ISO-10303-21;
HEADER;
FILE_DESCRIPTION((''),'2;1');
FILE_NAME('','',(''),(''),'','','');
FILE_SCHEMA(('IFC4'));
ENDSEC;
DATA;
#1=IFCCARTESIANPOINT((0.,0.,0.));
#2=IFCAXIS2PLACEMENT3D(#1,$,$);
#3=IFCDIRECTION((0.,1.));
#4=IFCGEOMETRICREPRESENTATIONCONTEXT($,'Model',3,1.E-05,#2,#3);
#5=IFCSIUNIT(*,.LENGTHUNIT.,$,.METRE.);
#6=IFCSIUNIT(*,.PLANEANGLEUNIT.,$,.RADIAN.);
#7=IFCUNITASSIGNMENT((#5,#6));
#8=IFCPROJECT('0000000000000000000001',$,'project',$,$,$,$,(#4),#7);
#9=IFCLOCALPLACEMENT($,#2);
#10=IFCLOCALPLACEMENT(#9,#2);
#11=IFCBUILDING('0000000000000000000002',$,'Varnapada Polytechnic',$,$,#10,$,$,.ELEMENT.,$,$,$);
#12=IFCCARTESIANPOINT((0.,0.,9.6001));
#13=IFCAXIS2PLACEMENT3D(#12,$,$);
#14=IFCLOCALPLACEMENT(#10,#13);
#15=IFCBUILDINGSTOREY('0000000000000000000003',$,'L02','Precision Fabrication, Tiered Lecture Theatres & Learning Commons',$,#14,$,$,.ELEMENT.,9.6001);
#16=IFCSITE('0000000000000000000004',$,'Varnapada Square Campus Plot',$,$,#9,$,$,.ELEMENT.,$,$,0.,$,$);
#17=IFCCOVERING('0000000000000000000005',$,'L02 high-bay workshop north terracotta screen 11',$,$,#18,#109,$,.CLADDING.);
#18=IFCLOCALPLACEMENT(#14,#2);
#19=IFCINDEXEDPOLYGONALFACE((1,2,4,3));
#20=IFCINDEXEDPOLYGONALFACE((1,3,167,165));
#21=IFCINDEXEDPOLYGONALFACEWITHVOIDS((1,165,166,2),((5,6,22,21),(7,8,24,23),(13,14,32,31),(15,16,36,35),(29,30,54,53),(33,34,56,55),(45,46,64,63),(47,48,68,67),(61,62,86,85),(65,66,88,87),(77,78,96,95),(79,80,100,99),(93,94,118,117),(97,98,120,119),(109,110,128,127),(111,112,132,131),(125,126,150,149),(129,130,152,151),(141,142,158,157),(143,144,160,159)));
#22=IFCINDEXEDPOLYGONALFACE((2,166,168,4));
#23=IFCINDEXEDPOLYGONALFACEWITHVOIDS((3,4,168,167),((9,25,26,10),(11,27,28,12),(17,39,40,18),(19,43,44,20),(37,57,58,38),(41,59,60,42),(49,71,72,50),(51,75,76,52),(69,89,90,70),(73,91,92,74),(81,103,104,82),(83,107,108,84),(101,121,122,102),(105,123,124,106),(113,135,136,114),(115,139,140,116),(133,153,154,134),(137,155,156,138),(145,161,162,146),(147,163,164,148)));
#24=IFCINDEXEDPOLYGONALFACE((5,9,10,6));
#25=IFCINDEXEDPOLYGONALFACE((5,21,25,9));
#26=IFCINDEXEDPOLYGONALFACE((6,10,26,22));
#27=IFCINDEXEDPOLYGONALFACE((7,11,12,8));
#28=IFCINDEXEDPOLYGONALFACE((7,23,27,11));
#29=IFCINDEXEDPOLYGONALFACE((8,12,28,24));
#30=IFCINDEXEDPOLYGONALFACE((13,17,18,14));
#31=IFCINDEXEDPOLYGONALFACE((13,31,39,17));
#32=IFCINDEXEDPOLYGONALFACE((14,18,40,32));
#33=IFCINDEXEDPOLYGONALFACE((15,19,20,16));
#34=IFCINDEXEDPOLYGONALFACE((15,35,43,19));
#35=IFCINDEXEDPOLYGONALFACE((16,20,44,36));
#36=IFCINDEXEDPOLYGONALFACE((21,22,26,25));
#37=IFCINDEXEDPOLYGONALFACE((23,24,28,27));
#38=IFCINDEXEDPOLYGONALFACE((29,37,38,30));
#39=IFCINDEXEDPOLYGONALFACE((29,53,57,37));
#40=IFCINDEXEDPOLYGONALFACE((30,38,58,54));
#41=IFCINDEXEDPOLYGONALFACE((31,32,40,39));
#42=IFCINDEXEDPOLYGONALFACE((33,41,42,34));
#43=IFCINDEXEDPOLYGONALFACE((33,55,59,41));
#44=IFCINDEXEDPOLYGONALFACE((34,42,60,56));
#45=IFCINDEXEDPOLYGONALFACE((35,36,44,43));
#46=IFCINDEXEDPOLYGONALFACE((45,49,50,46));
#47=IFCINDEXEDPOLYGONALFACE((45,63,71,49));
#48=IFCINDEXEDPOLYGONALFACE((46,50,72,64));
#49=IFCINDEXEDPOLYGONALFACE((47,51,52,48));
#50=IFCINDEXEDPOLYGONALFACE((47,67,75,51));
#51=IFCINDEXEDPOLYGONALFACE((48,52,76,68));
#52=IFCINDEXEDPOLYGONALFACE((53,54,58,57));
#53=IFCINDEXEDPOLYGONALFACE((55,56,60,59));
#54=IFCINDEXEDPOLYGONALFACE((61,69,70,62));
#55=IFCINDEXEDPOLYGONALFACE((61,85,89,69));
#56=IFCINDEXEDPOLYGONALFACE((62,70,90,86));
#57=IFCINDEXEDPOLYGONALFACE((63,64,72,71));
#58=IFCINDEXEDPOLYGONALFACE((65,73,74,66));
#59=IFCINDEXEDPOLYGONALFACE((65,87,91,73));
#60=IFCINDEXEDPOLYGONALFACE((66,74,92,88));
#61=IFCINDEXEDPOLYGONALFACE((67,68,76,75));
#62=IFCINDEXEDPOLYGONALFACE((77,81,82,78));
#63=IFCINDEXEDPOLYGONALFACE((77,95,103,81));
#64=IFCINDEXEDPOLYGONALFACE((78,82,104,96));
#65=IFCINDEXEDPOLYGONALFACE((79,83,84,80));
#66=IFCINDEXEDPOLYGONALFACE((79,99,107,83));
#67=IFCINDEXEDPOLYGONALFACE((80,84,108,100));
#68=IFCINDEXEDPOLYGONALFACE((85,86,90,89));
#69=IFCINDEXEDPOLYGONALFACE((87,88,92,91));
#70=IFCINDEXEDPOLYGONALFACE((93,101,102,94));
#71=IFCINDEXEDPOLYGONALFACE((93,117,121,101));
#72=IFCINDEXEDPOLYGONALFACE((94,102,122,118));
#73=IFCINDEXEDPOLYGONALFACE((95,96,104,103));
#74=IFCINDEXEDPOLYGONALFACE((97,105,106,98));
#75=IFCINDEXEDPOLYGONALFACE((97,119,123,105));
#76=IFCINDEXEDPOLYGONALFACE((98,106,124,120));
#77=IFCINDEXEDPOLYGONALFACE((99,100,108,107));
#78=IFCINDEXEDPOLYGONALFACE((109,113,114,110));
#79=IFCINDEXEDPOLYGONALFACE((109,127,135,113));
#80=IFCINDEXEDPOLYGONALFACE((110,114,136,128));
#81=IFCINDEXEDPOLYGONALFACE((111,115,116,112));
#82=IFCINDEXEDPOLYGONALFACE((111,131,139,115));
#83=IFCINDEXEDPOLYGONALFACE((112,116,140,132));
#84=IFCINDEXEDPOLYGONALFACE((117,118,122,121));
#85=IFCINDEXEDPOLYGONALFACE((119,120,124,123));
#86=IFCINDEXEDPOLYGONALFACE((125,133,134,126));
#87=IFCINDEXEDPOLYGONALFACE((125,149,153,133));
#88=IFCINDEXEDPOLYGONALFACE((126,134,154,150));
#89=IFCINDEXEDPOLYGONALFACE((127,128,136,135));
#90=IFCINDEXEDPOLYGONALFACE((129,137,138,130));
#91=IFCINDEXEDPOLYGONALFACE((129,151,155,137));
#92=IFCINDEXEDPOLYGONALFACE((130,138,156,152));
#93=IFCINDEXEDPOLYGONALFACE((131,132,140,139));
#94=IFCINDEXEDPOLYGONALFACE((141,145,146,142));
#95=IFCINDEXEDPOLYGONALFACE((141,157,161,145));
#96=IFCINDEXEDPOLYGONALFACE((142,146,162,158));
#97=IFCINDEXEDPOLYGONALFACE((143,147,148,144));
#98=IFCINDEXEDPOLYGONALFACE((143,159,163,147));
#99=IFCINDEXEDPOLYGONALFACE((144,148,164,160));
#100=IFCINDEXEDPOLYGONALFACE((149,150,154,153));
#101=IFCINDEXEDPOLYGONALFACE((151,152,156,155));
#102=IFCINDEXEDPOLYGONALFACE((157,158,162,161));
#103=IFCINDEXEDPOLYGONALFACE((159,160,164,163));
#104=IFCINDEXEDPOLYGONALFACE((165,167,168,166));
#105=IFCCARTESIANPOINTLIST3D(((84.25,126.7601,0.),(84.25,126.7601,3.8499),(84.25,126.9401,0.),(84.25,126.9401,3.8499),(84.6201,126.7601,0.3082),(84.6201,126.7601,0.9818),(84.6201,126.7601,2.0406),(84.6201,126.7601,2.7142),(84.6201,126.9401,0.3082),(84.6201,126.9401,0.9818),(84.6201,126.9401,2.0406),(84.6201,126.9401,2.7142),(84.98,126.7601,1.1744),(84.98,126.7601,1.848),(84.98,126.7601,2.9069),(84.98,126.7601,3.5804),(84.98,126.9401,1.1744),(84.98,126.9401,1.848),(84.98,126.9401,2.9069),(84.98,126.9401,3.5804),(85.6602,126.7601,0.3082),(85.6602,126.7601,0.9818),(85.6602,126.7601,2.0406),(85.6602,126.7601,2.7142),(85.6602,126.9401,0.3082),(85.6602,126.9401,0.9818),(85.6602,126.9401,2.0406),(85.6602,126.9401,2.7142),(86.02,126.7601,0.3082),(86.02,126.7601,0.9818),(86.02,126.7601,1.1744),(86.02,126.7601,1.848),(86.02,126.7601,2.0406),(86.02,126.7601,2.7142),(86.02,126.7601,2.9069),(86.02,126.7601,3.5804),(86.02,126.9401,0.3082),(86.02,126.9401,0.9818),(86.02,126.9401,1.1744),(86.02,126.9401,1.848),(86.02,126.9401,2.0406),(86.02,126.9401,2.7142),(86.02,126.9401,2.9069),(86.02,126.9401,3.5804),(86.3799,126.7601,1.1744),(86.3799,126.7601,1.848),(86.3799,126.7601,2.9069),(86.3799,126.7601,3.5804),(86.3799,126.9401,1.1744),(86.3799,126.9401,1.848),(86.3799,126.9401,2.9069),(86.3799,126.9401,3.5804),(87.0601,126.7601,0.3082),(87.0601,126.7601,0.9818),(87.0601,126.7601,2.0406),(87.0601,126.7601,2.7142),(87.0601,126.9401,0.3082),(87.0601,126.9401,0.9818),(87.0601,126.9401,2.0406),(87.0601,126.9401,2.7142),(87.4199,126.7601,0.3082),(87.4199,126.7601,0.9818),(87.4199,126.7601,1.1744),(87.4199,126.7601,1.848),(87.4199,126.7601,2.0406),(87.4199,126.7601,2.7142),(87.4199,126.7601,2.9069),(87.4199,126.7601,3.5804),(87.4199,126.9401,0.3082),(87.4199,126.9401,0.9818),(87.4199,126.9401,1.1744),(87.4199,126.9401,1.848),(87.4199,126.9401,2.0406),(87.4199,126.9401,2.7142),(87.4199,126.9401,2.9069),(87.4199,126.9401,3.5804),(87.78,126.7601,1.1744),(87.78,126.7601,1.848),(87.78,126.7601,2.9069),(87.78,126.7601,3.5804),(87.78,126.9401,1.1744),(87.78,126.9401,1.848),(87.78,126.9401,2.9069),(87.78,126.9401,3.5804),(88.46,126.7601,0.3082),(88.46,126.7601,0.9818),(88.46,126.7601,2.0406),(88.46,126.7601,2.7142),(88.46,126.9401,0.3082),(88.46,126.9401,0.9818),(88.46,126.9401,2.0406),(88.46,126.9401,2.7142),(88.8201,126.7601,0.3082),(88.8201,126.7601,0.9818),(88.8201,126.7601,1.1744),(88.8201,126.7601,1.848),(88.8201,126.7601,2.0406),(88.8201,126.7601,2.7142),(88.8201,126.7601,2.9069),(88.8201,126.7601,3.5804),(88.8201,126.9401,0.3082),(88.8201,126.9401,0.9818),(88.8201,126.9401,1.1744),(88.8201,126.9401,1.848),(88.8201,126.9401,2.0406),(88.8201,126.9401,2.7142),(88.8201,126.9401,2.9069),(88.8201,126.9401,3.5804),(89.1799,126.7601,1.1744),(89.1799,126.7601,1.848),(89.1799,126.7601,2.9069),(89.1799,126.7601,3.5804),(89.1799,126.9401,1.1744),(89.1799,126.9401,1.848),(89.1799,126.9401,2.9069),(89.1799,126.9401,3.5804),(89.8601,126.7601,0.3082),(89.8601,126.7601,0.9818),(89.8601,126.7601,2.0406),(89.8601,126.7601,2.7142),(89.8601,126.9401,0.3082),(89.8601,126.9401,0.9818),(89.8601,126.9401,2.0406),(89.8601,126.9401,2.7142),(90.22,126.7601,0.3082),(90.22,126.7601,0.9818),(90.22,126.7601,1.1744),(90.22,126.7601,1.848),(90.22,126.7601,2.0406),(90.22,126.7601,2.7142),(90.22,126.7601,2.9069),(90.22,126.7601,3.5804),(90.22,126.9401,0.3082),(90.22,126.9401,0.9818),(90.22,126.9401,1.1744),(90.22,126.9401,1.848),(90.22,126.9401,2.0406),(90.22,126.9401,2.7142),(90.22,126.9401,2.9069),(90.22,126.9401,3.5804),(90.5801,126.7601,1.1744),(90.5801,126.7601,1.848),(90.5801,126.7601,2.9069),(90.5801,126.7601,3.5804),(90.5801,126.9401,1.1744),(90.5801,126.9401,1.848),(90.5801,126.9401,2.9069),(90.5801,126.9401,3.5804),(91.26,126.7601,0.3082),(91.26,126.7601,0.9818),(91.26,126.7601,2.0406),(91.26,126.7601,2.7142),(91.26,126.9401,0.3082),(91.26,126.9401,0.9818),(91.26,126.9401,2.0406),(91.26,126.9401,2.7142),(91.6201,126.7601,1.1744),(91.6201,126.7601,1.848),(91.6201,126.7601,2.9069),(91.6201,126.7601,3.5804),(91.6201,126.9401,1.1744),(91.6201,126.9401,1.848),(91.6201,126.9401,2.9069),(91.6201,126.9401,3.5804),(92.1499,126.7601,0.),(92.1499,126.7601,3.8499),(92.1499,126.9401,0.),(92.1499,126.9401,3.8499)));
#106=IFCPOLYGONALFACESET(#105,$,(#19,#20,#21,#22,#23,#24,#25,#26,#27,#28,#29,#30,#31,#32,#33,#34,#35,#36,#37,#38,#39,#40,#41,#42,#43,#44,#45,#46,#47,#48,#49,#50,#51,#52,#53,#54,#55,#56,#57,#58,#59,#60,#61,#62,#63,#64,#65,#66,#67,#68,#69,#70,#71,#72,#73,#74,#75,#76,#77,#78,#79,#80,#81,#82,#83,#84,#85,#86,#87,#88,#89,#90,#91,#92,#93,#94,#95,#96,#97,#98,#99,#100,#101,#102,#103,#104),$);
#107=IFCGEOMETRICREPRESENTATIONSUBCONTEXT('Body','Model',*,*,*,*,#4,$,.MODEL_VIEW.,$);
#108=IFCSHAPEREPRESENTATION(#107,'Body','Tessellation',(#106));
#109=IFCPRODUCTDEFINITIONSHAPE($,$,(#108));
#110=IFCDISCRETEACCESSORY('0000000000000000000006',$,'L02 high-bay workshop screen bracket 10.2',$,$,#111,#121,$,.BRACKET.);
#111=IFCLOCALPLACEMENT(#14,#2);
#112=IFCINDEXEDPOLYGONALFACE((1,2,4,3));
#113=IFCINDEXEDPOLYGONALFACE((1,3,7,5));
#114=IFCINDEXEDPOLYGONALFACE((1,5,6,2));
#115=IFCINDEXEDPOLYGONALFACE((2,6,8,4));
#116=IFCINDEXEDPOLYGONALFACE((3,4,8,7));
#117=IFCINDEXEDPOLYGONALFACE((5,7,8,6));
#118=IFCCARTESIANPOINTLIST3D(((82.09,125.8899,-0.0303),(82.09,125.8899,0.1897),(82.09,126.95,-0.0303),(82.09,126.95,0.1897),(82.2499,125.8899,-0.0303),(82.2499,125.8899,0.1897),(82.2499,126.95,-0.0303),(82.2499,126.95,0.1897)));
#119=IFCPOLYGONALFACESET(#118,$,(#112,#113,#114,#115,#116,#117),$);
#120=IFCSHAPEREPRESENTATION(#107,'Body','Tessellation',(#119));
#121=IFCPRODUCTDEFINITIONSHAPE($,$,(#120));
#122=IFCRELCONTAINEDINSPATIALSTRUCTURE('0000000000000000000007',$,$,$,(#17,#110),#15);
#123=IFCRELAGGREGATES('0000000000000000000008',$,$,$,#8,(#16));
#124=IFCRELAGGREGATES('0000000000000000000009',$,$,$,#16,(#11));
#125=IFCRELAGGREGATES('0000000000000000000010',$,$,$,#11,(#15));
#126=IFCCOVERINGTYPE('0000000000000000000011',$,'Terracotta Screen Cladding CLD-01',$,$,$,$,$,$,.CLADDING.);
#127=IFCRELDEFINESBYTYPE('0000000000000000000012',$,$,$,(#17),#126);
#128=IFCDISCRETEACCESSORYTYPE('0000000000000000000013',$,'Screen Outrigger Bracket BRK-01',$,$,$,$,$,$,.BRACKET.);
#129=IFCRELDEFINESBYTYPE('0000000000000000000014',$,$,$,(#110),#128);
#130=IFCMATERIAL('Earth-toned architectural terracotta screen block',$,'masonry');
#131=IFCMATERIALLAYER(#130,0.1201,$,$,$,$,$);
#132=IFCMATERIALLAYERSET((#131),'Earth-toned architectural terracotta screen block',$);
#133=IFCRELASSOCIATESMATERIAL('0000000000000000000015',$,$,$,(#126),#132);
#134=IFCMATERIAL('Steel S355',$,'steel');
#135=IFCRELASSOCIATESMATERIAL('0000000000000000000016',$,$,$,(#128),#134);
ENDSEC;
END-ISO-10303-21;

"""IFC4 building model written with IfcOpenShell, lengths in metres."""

from ifc_helpers import new_model, si_unit, direction, frame, frame_2d, origin, origin_2d, place, context, subcontext, project, spatial, rectangle, extrude, material, layer, layer_set, type_object, element, save


model = new_model("IFC4")

# Units and contexts
model_context = context("Model", 3, precision=1e-05, world=origin(), true_north=direction((0.0, 1.0)))
body_context = subcontext(model_context, "Body", "Model", "MODEL_VIEW")
ifc_project = project(units=[si_unit("LENGTHUNIT", "METRE"), si_unit("PLANEANGLEUNIT", "RADIAN")], contexts=[model_context])

# Site, building, storey
site_placement = place(None, origin())
site = spatial("IfcSite", under=ifc_project, at=site_placement, Name="Varnapada Square Campus Plot", CompositionType="ELEMENT", RefElevation=0.0)
building_placement = place(site_placement, origin())
building = spatial("IfcBuilding", under=site, at=building_placement, Name="Varnapada Polytechnic", CompositionType="ELEMENT")
storey_placement = place(building_placement, frame((0.0, 0.0, 9.6001)))
storey = spatial("IfcBuildingStorey", under=building, at=storey_placement, Name="L02", Description="Precision Fabrication, Tiered Lecture Theatres & Learning Commons", CompositionType="ELEMENT", Elevation=9.6001)

# Covering, openings
ifc_material_1 = material(Name="Earth-toned architectural terracotta screen block", Category="masonry")
ifc_layer = layer(ifc_material_1, 0.1201)
ifc_layer_set = layer_set([ifc_layer], Name="Earth-toned architectural terracotta screen block")
covering_type = type_object("IfcCoveringType", Name="Terracotta Screen Cladding CLD-01", PredefinedType="CLADDING", material=ifc_layer_set)
covering_placement = place(storey_placement, frame((84.25, 126.8501, 0.0), z_axis=(0.0, 0.0, 1.0), x_axis=(1.0, 0.0, 0.0)))
covering = element("IfcCovering", 1, at=covering_placement, inside=storey, type_object=covering_type, Name="L02 high-bay workshop north terracotta screen 11", PredefinedType="CLADDING", context=body_context, shape_type="SweptSolid", body=[
    extrude(rectangle(XDim=7.8999, YDim=0.1799, at=frame_2d((3.95, 0.0))), origin(), (0.0, 0.0, 1.0), 3.8499),
])
opening_1_placement = place(covering_placement, frame((0.3701, 0.0, 0.3081)))
element("IfcOpeningElement", 2, at=opening_1_placement, cuts=covering, PredefinedType="OPENING", context=body_context, shape_type="SweptSolid", body=[
    extrude(rectangle(XDim=1.04, YDim=0.6736, at=frame_2d((0.52, 0.3369))), frame((0.0, 0.0999, 0.0), z_axis=(0.0, -1.0, 0.0), x_axis=(1.0, 0.0, 0.0)), (0.0, 0.0, 1.0), 0.2),
])
opening_2_placement = place(covering_placement, frame((1.77, 0.0, 0.3081)))
element("IfcOpeningElement", 3, at=opening_2_placement, cuts=covering, PredefinedType="OPENING", context=body_context, shape_type="SweptSolid", body=[
    extrude(rectangle(XDim=1.04, YDim=0.6736, at=frame_2d((0.52, 0.3369))), frame((0.0, 0.0999, 0.0), z_axis=(0.0, -1.0, 0.0), x_axis=(1.0, 0.0, 0.0)), (0.0, 0.0, 1.0), 0.2),
])
opening_3_placement = place(covering_placement, frame((3.1699, 0.0, 0.3081)))
element("IfcOpeningElement", 4, at=opening_3_placement, cuts=covering, PredefinedType="OPENING", context=body_context, shape_type="SweptSolid", body=[
    extrude(rectangle(XDim=1.04, YDim=0.6736, at=frame_2d((0.52, 0.3369))), frame((0.0, 0.0999, 0.0), z_axis=(0.0, -1.0, 0.0), x_axis=(1.0, 0.0, 0.0)), (0.0, 0.0, 1.0), 0.2),
])
opening_4_placement = place(covering_placement, frame((4.5701, 0.0, 0.3081)))
element("IfcOpeningElement", 5, at=opening_4_placement, cuts=covering, PredefinedType="OPENING", context=body_context, shape_type="SweptSolid", body=[
    extrude(rectangle(XDim=1.04, YDim=0.6736, at=frame_2d((0.52, 0.3369))), frame((0.0, 0.0999, 0.0), z_axis=(0.0, -1.0, 0.0), x_axis=(1.0, 0.0, 0.0)), (0.0, 0.0, 1.0), 0.2),
])
opening_5_placement = place(covering_placement, frame((5.97, 0.0, 0.3081)))
element("IfcOpeningElement", 6, at=opening_5_placement, cuts=covering, PredefinedType="OPENING", context=body_context, shape_type="SweptSolid", body=[
    extrude(rectangle(XDim=1.04, YDim=0.6736, at=frame_2d((0.52, 0.3369))), frame((0.0, 0.0999, 0.0), z_axis=(0.0, -1.0, 0.0), x_axis=(1.0, 0.0, 0.0)), (0.0, 0.0, 1.0), 0.2),
])
opening_6_placement = place(covering_placement, frame((0.73, 0.0, 1.1743)))
element("IfcOpeningElement", 7, at=opening_6_placement, cuts=covering, PredefinedType="OPENING", context=body_context, shape_type="SweptSolid", body=[
    extrude(rectangle(XDim=1.04, YDim=0.6736, at=frame_2d((0.52, 0.3369))), frame((0.0, 0.0999, 0.0), z_axis=(0.0, -1.0, 0.0), x_axis=(1.0, 0.0, 0.0)), (0.0, 0.0, 1.0), 0.2),
])
opening_7_placement = place(covering_placement, frame((2.1299, 0.0, 1.1743)))
element("IfcOpeningElement", 8, at=opening_7_placement, cuts=covering, PredefinedType="OPENING", context=body_context, shape_type="SweptSolid", body=[
    extrude(rectangle(XDim=1.04, YDim=0.6736, at=frame_2d((0.52, 0.3369))), frame((0.0, 0.0999, 0.0), z_axis=(0.0, -1.0, 0.0), x_axis=(1.0, 0.0, 0.0)), (0.0, 0.0, 1.0), 0.2),
])
opening_8_placement = place(covering_placement, frame((3.53, 0.0, 1.1743)))
element("IfcOpeningElement", 9, at=opening_8_placement, cuts=covering, PredefinedType="OPENING", context=body_context, shape_type="SweptSolid", body=[
    extrude(rectangle(XDim=1.04, YDim=0.6736, at=frame_2d((0.52, 0.3369))), frame((0.0, 0.0999, 0.0), z_axis=(0.0, -1.0, 0.0), x_axis=(1.0, 0.0, 0.0)), (0.0, 0.0, 1.0), 0.2),
])
opening_9_placement = place(covering_placement, frame((4.9299, 0.0, 1.1743)))
element("IfcOpeningElement", 10, at=opening_9_placement, cuts=covering, PredefinedType="OPENING", context=body_context, shape_type="SweptSolid", body=[
    extrude(rectangle(XDim=1.04, YDim=0.6736, at=frame_2d((0.52, 0.3369))), frame((0.0, 0.0999, 0.0), z_axis=(0.0, -1.0, 0.0), x_axis=(1.0, 0.0, 0.0)), (0.0, 0.0, 1.0), 0.2),
])
opening_10_placement = place(covering_placement, frame((6.3301, 0.0, 1.1743)))
element("IfcOpeningElement", 11, at=opening_10_placement, cuts=covering, PredefinedType="OPENING", context=body_context, shape_type="SweptSolid", body=[
    extrude(rectangle(XDim=1.04, YDim=0.6736, at=frame_2d((0.52, 0.3369))), frame((0.0, 0.0999, 0.0), z_axis=(0.0, -1.0, 0.0), x_axis=(1.0, 0.0, 0.0)), (0.0, 0.0, 1.0), 0.2),
])
opening_11_placement = place(covering_placement, frame((0.3701, 0.0, 2.0405)))
element("IfcOpeningElement", 12, at=opening_11_placement, cuts=covering, PredefinedType="OPENING", context=body_context, shape_type="SweptSolid", body=[
    extrude(rectangle(XDim=1.04, YDim=0.6736, at=frame_2d((0.52, 0.3369))), frame((0.0, 0.0999, 0.0), z_axis=(0.0, -1.0, 0.0), x_axis=(1.0, 0.0, 0.0)), (0.0, 0.0, 1.0), 0.2),
])
opening_12_placement = place(covering_placement, frame((1.77, 0.0, 2.0405)))
element("IfcOpeningElement", 13, at=opening_12_placement, cuts=covering, PredefinedType="OPENING", context=body_context, shape_type="SweptSolid", body=[
    extrude(rectangle(XDim=1.04, YDim=0.6736, at=frame_2d((0.52, 0.3369))), frame((0.0, 0.0999, 0.0), z_axis=(0.0, -1.0, 0.0), x_axis=(1.0, 0.0, 0.0)), (0.0, 0.0, 1.0), 0.2),
])
opening_13_placement = place(covering_placement, frame((3.1699, 0.0, 2.0405)))
element("IfcOpeningElement", 14, at=opening_13_placement, cuts=covering, PredefinedType="OPENING", context=body_context, shape_type="SweptSolid", body=[
    extrude(rectangle(XDim=1.04, YDim=0.6736, at=frame_2d((0.52, 0.3369))), frame((0.0, 0.0999, 0.0), z_axis=(0.0, -1.0, 0.0), x_axis=(1.0, 0.0, 0.0)), (0.0, 0.0, 1.0), 0.2),
])
opening_14_placement = place(covering_placement, frame((4.5701, 0.0, 2.0405)))
element("IfcOpeningElement", 15, at=opening_14_placement, cuts=covering, PredefinedType="OPENING", context=body_context, shape_type="SweptSolid", body=[
    extrude(rectangle(XDim=1.04, YDim=0.6736, at=frame_2d((0.52, 0.3369))), frame((0.0, 0.0999, 0.0), z_axis=(0.0, -1.0, 0.0), x_axis=(1.0, 0.0, 0.0)), (0.0, 0.0, 1.0), 0.2),
])
opening_15_placement = place(covering_placement, frame((5.97, 0.0, 2.0405)))
element("IfcOpeningElement", 16, at=opening_15_placement, cuts=covering, PredefinedType="OPENING", context=body_context, shape_type="SweptSolid", body=[
    extrude(rectangle(XDim=1.04, YDim=0.6736, at=frame_2d((0.52, 0.3369))), frame((0.0, 0.0999, 0.0), z_axis=(0.0, -1.0, 0.0), x_axis=(1.0, 0.0, 0.0)), (0.0, 0.0, 1.0), 0.2),
])
opening_16_placement = place(covering_placement, frame((0.73, 0.0, 2.9067)))
element("IfcOpeningElement", 17, at=opening_16_placement, cuts=covering, PredefinedType="OPENING", context=body_context, shape_type="SweptSolid", body=[
    extrude(rectangle(XDim=1.04, YDim=0.6736, at=frame_2d((0.52, 0.3369))), frame((0.0, 0.0999, 0.0), z_axis=(0.0, -1.0, 0.0), x_axis=(1.0, 0.0, 0.0)), (0.0, 0.0, 1.0), 0.2),
])
opening_17_placement = place(covering_placement, frame((2.1299, 0.0, 2.9067)))
element("IfcOpeningElement", 18, at=opening_17_placement, cuts=covering, PredefinedType="OPENING", context=body_context, shape_type="SweptSolid", body=[
    extrude(rectangle(XDim=1.04, YDim=0.6736, at=frame_2d((0.52, 0.3369))), frame((0.0, 0.0999, 0.0), z_axis=(0.0, -1.0, 0.0), x_axis=(1.0, 0.0, 0.0)), (0.0, 0.0, 1.0), 0.2),
])
opening_18_placement = place(covering_placement, frame((3.53, 0.0, 2.9067)))
element("IfcOpeningElement", 19, at=opening_18_placement, cuts=covering, PredefinedType="OPENING", context=body_context, shape_type="SweptSolid", body=[
    extrude(rectangle(XDim=1.04, YDim=0.6736, at=frame_2d((0.52, 0.3369))), frame((0.0, 0.0999, 0.0), z_axis=(0.0, -1.0, 0.0), x_axis=(1.0, 0.0, 0.0)), (0.0, 0.0, 1.0), 0.2),
])
opening_19_placement = place(covering_placement, frame((4.9299, 0.0, 2.9067)))
element("IfcOpeningElement", 20, at=opening_19_placement, cuts=covering, PredefinedType="OPENING", context=body_context, shape_type="SweptSolid", body=[
    extrude(rectangle(XDim=1.04, YDim=0.6736, at=frame_2d((0.52, 0.3369))), frame((0.0, 0.0999, 0.0), z_axis=(0.0, -1.0, 0.0), x_axis=(1.0, 0.0, 0.0)), (0.0, 0.0, 1.0), 0.2),
])
opening_20_placement = place(covering_placement, frame((6.3301, 0.0, 2.9067)))
element("IfcOpeningElement", 21, at=opening_20_placement, cuts=covering, PredefinedType="OPENING", context=body_context, shape_type="SweptSolid", body=[
    extrude(rectangle(XDim=1.04, YDim=0.6736, at=frame_2d((0.52, 0.3369))), frame((0.0, 0.0999, 0.0), z_axis=(0.0, -1.0, 0.0), x_axis=(1.0, 0.0, 0.0)), (0.0, 0.0, 1.0), 0.2),
])

# Discrete accessory
ifc_material_2 = material(Name="Steel S355", Category="steel")
discrete_accessory_type = type_object("IfcDiscreteAccessoryType", Name="Screen Outrigger Bracket BRK-01", PredefinedType="BRACKET", material=ifc_material_2)
discrete_accessory_placement = place(storey_placement, frame((82.1699, 126.4199, -0.0303), z_axis=(0.0, 0.0, 1.0), x_axis=(1.0, 0.0, 0.0)))
element("IfcDiscreteAccessory", 22, at=discrete_accessory_placement, inside=storey, type_object=discrete_accessory_type, Name="L02 high-bay workshop screen bracket 10.2", PredefinedType="BRACKET", context=body_context, shape_type="SweptSolid", body=[
    extrude(rectangle(XDim=0.1599, YDim=1.0601, at=origin_2d()), origin(), (0.0, 0.0, 1.0), 0.22),
])

save(model, "model.ifc")
